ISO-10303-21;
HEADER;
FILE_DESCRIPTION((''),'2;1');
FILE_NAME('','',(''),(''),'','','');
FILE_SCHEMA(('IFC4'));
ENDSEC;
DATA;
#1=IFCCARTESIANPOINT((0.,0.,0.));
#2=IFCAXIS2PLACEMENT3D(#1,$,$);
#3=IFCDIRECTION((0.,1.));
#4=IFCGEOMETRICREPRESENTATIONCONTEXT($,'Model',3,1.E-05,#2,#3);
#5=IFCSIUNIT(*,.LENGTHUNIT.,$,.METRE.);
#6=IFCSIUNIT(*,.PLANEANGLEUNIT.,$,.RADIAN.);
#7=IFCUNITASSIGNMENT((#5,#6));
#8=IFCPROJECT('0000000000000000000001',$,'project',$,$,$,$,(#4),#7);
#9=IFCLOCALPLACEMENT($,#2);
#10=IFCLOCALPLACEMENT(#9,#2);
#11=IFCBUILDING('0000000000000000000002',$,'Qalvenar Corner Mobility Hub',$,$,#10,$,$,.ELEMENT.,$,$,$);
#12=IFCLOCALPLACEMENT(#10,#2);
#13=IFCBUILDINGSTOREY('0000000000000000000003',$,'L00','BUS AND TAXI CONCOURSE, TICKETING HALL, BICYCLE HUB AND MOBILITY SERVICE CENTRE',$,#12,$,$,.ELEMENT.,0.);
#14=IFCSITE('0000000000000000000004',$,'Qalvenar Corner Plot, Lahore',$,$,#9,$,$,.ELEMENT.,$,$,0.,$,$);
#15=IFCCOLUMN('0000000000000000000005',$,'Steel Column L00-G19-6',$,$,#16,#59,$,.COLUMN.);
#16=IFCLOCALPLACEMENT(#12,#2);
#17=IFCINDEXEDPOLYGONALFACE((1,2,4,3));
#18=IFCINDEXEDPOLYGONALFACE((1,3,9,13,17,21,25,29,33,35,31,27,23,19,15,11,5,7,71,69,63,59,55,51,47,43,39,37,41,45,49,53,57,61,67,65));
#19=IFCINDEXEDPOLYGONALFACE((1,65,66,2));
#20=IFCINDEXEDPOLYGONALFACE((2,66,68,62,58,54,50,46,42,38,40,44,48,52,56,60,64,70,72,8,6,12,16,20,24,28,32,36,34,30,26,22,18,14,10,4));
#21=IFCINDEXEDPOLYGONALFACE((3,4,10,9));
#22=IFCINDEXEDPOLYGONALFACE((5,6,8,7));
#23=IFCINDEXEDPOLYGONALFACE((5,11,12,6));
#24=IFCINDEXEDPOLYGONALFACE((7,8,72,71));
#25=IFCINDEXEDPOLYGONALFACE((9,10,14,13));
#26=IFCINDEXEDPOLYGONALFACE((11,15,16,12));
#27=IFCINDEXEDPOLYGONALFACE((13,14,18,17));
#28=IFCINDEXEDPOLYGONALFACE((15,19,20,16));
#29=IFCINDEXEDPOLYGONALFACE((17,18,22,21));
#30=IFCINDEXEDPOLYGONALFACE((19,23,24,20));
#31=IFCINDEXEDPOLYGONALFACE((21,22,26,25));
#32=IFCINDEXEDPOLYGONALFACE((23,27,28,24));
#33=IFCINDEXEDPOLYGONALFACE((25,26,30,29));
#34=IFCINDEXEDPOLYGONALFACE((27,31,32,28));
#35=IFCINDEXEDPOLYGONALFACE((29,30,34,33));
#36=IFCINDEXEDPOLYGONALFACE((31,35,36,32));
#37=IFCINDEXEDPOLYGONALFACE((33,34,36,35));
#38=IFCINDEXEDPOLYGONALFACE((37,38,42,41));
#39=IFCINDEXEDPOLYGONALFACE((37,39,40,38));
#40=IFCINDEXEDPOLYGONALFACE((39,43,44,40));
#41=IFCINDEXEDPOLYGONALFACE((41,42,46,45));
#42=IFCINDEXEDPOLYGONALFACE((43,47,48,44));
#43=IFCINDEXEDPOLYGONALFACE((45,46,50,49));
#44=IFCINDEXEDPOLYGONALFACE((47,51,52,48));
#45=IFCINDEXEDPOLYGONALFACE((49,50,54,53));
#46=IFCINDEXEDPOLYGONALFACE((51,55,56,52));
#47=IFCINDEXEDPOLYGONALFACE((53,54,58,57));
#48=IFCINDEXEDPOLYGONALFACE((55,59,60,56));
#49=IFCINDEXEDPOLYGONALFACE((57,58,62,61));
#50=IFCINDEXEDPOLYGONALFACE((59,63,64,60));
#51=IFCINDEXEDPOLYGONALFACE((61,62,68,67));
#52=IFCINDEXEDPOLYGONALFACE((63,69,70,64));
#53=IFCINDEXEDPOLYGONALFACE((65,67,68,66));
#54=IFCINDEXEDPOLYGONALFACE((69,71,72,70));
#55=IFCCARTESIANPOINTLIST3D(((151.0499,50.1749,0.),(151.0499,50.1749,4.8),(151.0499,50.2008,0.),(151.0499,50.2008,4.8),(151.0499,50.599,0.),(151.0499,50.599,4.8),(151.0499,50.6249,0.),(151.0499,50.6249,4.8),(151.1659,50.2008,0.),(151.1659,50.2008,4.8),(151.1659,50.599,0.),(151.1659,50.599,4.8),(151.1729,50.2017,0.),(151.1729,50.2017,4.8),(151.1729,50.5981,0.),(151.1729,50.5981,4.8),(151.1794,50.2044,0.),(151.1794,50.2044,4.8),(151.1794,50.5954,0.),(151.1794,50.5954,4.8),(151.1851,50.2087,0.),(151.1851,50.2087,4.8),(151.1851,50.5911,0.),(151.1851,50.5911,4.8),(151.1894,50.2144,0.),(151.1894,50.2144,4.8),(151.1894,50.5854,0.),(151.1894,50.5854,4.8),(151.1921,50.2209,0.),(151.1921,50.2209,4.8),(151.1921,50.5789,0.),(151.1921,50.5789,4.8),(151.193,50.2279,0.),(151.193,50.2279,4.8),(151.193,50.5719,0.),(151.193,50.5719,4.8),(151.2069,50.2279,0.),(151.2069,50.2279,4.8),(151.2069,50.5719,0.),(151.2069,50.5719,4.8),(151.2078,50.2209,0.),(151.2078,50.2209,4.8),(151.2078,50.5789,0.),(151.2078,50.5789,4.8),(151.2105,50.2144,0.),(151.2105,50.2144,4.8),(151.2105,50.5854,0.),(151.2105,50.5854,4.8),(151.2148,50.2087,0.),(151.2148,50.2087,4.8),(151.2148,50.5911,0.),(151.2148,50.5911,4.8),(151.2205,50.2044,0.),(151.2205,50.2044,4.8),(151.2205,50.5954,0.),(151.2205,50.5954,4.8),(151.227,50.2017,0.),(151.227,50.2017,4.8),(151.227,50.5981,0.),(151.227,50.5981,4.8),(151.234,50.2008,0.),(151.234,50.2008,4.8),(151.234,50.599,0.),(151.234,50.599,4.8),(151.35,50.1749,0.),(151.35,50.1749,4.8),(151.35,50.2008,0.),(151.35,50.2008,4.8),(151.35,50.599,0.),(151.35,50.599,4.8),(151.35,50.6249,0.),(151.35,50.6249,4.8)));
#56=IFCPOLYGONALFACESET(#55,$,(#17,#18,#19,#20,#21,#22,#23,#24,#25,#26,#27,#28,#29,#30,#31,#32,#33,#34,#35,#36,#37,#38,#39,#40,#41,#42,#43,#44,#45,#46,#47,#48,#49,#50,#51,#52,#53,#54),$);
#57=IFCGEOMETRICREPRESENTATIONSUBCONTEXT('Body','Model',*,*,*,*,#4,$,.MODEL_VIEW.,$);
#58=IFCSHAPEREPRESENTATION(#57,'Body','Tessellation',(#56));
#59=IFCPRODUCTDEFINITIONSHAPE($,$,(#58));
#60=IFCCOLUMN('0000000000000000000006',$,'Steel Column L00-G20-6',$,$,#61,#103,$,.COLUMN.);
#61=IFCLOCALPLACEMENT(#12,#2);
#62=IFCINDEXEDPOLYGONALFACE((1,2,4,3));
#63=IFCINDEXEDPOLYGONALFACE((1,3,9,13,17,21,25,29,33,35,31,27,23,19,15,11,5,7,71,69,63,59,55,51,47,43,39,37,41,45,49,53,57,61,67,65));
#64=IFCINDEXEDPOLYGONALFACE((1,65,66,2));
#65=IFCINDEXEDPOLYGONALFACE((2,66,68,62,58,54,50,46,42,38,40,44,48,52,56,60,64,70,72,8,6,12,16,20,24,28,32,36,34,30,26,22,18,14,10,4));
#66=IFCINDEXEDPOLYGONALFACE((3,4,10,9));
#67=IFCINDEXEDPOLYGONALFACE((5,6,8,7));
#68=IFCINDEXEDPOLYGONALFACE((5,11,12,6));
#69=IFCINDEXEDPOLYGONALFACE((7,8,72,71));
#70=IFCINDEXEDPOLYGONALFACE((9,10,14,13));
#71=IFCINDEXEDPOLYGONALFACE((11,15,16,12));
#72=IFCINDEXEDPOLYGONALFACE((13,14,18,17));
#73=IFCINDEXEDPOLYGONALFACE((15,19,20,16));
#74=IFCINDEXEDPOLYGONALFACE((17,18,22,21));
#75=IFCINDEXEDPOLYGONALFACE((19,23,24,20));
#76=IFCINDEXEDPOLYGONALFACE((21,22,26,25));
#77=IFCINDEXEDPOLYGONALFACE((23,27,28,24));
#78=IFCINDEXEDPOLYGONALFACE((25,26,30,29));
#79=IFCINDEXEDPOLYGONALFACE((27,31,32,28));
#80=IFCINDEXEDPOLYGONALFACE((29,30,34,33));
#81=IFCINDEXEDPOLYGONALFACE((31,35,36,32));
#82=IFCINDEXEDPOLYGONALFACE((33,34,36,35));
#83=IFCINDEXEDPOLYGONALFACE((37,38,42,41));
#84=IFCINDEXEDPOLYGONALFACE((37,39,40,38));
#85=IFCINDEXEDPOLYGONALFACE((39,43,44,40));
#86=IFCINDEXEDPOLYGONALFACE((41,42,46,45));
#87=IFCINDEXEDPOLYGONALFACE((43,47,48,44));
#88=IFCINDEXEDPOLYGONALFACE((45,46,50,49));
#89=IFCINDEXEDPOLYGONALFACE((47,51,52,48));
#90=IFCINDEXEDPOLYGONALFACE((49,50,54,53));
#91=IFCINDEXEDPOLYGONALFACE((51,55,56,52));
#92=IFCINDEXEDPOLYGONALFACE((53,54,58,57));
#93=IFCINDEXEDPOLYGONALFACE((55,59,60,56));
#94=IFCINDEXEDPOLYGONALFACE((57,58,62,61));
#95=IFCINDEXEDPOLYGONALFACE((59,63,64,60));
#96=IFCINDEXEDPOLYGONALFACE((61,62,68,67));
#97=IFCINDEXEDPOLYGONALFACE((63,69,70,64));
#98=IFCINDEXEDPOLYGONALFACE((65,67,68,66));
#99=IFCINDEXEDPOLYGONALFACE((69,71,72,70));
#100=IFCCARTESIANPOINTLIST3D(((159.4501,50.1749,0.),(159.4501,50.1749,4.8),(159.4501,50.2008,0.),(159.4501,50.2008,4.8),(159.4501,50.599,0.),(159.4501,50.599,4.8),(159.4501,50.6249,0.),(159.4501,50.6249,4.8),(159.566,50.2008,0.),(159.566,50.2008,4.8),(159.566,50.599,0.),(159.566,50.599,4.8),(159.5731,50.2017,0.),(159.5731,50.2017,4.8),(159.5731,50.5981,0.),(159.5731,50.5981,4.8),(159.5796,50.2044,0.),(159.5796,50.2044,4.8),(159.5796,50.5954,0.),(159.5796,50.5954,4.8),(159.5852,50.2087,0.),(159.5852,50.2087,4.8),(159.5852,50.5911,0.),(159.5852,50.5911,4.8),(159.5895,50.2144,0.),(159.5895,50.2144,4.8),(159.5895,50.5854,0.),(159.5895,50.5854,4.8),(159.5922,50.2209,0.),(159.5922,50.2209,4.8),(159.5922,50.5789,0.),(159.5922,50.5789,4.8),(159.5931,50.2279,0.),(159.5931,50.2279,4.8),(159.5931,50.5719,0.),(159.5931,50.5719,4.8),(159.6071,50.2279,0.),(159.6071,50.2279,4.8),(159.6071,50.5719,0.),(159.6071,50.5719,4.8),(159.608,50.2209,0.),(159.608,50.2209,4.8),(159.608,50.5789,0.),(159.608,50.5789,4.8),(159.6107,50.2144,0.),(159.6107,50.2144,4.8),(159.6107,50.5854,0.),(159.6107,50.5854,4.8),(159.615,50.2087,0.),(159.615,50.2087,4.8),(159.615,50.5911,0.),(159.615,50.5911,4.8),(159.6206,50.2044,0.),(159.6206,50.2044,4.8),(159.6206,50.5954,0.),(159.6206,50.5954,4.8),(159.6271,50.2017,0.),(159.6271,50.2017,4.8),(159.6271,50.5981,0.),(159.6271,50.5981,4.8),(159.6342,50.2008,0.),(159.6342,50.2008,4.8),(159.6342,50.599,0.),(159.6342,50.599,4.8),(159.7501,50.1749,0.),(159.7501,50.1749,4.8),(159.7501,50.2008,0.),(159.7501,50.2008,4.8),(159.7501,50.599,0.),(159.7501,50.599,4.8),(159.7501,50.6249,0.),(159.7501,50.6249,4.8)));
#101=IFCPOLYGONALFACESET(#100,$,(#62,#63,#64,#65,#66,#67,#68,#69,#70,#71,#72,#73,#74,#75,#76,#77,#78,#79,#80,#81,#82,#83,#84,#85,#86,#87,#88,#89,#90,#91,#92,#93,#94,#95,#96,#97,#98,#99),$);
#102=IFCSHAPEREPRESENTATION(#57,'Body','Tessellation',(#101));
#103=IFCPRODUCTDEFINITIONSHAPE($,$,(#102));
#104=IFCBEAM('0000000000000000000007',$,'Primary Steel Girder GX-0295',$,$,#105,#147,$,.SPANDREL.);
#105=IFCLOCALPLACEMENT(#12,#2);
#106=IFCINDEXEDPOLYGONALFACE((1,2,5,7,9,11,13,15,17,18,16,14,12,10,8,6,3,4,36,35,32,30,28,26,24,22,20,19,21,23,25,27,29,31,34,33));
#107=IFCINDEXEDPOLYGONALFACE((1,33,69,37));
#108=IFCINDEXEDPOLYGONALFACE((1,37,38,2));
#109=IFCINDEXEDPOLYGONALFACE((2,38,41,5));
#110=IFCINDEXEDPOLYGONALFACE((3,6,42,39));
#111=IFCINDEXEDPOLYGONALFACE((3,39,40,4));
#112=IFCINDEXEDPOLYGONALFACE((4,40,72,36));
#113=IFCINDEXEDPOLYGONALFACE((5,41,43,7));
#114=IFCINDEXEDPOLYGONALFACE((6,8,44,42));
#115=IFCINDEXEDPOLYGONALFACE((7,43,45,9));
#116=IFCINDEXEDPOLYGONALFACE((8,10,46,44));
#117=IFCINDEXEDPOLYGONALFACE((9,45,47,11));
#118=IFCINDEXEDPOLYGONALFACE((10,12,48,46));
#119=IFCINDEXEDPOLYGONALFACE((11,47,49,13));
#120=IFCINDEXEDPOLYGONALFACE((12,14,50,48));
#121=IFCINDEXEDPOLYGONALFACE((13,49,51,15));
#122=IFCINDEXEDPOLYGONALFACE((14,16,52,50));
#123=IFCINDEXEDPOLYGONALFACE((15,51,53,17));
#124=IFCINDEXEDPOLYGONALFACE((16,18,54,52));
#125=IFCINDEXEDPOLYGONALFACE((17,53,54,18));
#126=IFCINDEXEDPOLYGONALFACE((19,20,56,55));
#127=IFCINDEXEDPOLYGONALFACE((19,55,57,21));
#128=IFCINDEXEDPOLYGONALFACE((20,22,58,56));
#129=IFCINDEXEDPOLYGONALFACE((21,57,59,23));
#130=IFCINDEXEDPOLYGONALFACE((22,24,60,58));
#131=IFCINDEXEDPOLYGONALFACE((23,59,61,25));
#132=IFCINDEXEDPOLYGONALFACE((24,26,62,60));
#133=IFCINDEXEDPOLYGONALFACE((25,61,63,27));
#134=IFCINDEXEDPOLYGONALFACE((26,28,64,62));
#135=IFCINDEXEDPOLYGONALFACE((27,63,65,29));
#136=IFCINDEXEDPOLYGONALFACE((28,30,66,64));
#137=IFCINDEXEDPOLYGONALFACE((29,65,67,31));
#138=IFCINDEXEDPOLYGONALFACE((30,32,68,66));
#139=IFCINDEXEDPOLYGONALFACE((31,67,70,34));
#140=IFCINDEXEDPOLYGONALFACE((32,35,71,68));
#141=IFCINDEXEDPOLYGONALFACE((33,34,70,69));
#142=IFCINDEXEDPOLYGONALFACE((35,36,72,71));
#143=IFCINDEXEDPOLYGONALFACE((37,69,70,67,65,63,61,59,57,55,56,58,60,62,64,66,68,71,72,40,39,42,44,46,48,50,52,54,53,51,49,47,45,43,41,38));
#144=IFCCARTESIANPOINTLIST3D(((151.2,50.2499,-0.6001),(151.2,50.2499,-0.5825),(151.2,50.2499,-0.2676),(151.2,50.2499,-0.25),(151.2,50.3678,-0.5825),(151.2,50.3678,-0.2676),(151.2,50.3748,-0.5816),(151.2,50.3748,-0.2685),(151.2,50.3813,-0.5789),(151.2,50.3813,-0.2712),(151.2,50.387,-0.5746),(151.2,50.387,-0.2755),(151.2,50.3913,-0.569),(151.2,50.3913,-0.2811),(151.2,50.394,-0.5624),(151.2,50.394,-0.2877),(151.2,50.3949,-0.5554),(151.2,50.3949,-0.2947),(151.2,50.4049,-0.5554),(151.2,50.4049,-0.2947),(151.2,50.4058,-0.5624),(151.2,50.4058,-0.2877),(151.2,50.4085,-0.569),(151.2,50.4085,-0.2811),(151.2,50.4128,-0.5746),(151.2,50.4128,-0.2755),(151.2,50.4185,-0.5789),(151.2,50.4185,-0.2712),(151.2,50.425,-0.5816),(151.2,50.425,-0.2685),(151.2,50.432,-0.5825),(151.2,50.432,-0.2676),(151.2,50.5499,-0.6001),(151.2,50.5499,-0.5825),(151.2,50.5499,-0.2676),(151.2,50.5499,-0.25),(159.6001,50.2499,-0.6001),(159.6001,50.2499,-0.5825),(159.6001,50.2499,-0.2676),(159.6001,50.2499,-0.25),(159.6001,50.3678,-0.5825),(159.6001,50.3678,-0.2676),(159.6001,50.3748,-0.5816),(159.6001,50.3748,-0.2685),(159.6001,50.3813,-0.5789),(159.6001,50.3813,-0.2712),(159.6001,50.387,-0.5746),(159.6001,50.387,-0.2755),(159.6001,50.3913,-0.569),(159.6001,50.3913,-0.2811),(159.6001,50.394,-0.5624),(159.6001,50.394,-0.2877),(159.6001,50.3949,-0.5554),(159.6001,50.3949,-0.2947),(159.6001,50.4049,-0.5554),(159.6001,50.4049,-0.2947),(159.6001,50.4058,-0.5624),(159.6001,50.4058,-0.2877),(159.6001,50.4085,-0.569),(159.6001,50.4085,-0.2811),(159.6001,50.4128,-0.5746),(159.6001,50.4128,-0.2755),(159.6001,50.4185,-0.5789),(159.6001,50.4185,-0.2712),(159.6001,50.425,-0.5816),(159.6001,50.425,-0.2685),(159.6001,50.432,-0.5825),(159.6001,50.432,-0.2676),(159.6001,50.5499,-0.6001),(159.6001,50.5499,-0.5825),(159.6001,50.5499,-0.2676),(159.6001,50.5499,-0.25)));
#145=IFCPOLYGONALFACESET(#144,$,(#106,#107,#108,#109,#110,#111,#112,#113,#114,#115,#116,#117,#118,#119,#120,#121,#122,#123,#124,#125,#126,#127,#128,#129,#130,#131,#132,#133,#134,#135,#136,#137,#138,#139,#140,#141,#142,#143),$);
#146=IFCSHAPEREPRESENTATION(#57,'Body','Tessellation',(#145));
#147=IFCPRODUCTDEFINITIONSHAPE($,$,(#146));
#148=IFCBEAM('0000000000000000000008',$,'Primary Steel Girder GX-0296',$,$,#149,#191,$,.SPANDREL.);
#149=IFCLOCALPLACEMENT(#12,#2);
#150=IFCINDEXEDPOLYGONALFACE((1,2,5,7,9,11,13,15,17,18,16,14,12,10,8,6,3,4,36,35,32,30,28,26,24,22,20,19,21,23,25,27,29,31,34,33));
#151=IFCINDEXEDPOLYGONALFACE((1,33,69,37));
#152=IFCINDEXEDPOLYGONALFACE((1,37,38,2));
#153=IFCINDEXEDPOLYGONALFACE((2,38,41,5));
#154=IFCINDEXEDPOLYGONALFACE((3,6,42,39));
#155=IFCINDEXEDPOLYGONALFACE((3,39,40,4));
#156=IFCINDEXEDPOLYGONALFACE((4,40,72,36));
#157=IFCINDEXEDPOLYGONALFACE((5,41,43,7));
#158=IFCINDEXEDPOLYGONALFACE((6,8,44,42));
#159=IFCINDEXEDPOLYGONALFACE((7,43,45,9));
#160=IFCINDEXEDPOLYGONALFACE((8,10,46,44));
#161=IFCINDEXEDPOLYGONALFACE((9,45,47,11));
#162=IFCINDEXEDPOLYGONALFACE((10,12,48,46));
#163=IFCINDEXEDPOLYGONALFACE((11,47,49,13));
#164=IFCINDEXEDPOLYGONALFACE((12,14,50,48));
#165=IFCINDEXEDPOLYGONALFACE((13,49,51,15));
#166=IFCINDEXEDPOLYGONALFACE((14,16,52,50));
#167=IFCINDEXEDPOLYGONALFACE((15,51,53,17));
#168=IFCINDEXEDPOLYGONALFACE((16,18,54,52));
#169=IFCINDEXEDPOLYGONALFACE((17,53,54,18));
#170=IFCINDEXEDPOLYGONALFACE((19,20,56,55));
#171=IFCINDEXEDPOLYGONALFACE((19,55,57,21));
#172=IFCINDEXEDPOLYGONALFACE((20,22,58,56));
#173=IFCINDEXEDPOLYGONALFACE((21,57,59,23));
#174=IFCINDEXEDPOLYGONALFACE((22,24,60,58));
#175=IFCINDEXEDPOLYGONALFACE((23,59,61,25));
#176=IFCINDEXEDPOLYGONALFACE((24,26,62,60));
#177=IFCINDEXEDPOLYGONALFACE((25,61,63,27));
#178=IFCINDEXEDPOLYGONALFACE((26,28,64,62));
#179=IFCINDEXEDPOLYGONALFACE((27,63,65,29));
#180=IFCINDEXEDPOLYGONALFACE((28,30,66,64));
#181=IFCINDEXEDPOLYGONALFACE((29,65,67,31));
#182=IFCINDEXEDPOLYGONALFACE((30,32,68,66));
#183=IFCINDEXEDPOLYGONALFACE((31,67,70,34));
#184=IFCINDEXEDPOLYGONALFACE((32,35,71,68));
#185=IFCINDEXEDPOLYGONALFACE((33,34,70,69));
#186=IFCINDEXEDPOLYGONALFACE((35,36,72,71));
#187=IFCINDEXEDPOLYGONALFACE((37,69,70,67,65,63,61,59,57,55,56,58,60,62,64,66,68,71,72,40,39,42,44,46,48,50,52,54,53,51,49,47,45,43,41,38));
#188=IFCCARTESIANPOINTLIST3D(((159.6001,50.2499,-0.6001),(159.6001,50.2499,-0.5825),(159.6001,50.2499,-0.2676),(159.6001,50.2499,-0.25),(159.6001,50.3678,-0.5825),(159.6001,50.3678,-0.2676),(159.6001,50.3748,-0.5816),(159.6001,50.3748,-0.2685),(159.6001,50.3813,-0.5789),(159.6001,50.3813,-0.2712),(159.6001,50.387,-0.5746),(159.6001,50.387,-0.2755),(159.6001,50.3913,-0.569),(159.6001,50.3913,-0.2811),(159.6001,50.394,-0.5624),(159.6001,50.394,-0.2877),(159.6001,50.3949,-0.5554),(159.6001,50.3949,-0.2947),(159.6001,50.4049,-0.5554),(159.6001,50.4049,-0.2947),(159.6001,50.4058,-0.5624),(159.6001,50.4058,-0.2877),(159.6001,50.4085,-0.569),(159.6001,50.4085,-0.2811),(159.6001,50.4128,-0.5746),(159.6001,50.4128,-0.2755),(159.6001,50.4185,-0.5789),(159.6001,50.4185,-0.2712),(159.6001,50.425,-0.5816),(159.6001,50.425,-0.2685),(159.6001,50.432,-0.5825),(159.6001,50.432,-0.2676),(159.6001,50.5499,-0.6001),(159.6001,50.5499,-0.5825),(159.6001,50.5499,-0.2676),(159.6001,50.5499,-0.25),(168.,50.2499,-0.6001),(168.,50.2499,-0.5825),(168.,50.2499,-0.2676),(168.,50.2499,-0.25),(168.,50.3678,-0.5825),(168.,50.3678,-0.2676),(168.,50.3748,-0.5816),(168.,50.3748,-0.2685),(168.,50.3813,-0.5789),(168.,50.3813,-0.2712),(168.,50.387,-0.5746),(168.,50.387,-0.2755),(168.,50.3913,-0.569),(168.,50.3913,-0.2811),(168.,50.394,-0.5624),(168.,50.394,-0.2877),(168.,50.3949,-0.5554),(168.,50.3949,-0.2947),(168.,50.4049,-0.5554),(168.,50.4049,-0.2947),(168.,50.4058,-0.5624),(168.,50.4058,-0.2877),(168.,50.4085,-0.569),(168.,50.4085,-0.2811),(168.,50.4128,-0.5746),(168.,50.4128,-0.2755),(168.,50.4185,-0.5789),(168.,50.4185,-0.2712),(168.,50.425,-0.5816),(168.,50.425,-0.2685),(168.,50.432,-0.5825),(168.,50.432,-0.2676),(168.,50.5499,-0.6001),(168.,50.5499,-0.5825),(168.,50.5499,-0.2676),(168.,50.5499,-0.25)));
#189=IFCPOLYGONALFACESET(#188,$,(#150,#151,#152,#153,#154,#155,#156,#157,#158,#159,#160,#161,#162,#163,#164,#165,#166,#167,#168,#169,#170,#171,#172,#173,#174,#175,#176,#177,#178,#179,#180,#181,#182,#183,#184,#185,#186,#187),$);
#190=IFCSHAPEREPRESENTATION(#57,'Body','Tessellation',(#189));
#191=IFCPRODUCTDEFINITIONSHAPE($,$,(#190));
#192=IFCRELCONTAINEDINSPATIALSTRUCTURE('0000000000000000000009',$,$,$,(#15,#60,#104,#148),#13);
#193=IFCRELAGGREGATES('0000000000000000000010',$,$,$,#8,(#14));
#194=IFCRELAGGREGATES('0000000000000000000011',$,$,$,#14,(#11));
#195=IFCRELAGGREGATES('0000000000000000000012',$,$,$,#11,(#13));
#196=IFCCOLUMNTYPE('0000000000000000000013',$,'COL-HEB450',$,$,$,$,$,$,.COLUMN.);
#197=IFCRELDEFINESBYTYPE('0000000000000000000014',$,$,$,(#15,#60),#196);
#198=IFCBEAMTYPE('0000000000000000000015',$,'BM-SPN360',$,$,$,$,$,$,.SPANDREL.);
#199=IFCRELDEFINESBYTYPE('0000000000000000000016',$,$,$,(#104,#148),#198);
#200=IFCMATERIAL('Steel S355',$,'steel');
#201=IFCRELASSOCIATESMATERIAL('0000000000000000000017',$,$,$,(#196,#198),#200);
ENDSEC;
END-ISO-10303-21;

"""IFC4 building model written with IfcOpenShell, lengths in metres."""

from ifc_helpers import new_model, si_unit, direction, frame, origin, origin_2d, place, context, subcontext, project, spatial, i_section, extrude, material, material_profile, profile_set, type_object, element, save


model = new_model("IFC4")

# Units and contexts
model_context = context("Model", 3, precision=1e-05, world=origin(), true_north=direction((0.0, 1.0)))
body_context = subcontext(model_context, "Body", "Model", "MODEL_VIEW")
ifc_project = project(units=[si_unit("LENGTHUNIT", "METRE"), si_unit("PLANEANGLEUNIT", "RADIAN")], contexts=[model_context])

# Site, building, storey
site_placement = place(None, origin())
site = spatial("IfcSite", under=ifc_project, at=site_placement, Name="Qalvenar Corner Plot, Lahore", CompositionType="ELEMENT", RefElevation=0.0)
building_placement = place(site_placement, origin())
building = spatial("IfcBuilding", under=site, at=building_placement, Name="Qalvenar Corner Mobility Hub", CompositionType="ELEMENT")
storey_placement = place(building_placement, origin())
storey = spatial("IfcBuildingStorey", under=building, at=storey_placement, Name="L00", Description="BUS AND TAXI CONCOURSE, TICKETING HALL, BICYCLE HUB AND MOBILITY SERVICE CENTRE", CompositionType="ELEMENT", Elevation=0.0)

# Columns
ifc_material_1 = material(Name="Steel S355", Category="steel")
ifc_material_profile_1 = material_profile(ifc_material_1, i_section(OverallWidth=0.3, OverallDepth=0.45, WebThickness=0.0139, FlangeThickness=0.0259, FilletRadius=0.0271, at=origin_2d()), Name="HEB450")
ifc_profile_set_1 = profile_set([ifc_material_profile_1], Name="Steel S355")
column_type = type_object("IfcColumnType", Name="COL-HEB450", PredefinedType="COLUMN", material=ifc_profile_set_1)
for number, where, z_axis, x_axis, name in (
    (1, (151.2, 50.3999, 0.0), (0.0, 0.0, 1.0), (1.0, 0.0, 0.0), "Steel Column L00-G19-6"),
    (2, (159.6001, 50.3999, 0.0), (0.0, 0.0, 1.0), (1.0, 0.0, 0.0), "Steel Column L00-G20-6"),
):
    element("IfcColumn", number, at=place(storey_placement, frame(where, z_axis=z_axis, x_axis=x_axis)), inside=storey, type_object=column_type, Name=name, PredefinedType="COLUMN", context=body_context, shape_type="SweptSolid", body=[
        extrude(i_section(OverallWidth=0.3, OverallDepth=0.45, WebThickness=0.0139, FlangeThickness=0.0259, FilletRadius=0.0271, at=origin_2d()), origin(), (0.0, 0.0, 1.0), 4.8),
    ])

# Beams
ifc_material_profile_2 = material_profile(ifc_material_1, i_section(OverallWidth=0.3, OverallDepth=0.3501, WebThickness=0.01, FlangeThickness=0.0176, FilletRadius=0.0271, at=origin_2d()), Name="HEA360")
ifc_profile_set_2 = profile_set([ifc_material_profile_2], Name="Steel S355")
beam_type = type_object("IfcBeamType", Name="BM-SPN360", PredefinedType="SPANDREL", material=ifc_profile_set_2)
beam_1_placement = place(storey_placement, frame((151.2, 50.3999, -0.425), z_axis=(1.0, 0.0, 0.0), x_axis=(0.0, 1.0, 0.0)))
element("IfcBeam", 3, at=beam_1_placement, inside=storey, type_object=beam_type, Name="Primary Steel Girder GX-0295", PredefinedType="SPANDREL", context=body_context, shape_type="SweptSolid", body=[
    extrude(i_section(OverallWidth=0.3, OverallDepth=0.3501, WebThickness=0.01, FlangeThickness=0.0176, FilletRadius=0.0271, at=origin_2d()), origin(), (0.0, 0.0, 1.0), 8.4001),
])
beam_2_placement = place(storey_placement, frame((159.6001, 50.3999, -0.425), z_axis=(1.0, 0.0, 0.0), x_axis=(0.0, 1.0, 0.0)))
element("IfcBeam", 4, at=beam_2_placement, inside=storey, type_object=beam_type, Name="Primary Steel Girder GX-0296", PredefinedType="SPANDREL", context=body_context, shape_type="SweptSolid", body=[
    extrude(i_section(OverallWidth=0.3, OverallDepth=0.3501, WebThickness=0.01, FlangeThickness=0.0176, FilletRadius=0.0271, at=origin_2d()), origin(), (0.0, 0.0, 1.0), 8.3999),
])

save(model, "model.ifc")
